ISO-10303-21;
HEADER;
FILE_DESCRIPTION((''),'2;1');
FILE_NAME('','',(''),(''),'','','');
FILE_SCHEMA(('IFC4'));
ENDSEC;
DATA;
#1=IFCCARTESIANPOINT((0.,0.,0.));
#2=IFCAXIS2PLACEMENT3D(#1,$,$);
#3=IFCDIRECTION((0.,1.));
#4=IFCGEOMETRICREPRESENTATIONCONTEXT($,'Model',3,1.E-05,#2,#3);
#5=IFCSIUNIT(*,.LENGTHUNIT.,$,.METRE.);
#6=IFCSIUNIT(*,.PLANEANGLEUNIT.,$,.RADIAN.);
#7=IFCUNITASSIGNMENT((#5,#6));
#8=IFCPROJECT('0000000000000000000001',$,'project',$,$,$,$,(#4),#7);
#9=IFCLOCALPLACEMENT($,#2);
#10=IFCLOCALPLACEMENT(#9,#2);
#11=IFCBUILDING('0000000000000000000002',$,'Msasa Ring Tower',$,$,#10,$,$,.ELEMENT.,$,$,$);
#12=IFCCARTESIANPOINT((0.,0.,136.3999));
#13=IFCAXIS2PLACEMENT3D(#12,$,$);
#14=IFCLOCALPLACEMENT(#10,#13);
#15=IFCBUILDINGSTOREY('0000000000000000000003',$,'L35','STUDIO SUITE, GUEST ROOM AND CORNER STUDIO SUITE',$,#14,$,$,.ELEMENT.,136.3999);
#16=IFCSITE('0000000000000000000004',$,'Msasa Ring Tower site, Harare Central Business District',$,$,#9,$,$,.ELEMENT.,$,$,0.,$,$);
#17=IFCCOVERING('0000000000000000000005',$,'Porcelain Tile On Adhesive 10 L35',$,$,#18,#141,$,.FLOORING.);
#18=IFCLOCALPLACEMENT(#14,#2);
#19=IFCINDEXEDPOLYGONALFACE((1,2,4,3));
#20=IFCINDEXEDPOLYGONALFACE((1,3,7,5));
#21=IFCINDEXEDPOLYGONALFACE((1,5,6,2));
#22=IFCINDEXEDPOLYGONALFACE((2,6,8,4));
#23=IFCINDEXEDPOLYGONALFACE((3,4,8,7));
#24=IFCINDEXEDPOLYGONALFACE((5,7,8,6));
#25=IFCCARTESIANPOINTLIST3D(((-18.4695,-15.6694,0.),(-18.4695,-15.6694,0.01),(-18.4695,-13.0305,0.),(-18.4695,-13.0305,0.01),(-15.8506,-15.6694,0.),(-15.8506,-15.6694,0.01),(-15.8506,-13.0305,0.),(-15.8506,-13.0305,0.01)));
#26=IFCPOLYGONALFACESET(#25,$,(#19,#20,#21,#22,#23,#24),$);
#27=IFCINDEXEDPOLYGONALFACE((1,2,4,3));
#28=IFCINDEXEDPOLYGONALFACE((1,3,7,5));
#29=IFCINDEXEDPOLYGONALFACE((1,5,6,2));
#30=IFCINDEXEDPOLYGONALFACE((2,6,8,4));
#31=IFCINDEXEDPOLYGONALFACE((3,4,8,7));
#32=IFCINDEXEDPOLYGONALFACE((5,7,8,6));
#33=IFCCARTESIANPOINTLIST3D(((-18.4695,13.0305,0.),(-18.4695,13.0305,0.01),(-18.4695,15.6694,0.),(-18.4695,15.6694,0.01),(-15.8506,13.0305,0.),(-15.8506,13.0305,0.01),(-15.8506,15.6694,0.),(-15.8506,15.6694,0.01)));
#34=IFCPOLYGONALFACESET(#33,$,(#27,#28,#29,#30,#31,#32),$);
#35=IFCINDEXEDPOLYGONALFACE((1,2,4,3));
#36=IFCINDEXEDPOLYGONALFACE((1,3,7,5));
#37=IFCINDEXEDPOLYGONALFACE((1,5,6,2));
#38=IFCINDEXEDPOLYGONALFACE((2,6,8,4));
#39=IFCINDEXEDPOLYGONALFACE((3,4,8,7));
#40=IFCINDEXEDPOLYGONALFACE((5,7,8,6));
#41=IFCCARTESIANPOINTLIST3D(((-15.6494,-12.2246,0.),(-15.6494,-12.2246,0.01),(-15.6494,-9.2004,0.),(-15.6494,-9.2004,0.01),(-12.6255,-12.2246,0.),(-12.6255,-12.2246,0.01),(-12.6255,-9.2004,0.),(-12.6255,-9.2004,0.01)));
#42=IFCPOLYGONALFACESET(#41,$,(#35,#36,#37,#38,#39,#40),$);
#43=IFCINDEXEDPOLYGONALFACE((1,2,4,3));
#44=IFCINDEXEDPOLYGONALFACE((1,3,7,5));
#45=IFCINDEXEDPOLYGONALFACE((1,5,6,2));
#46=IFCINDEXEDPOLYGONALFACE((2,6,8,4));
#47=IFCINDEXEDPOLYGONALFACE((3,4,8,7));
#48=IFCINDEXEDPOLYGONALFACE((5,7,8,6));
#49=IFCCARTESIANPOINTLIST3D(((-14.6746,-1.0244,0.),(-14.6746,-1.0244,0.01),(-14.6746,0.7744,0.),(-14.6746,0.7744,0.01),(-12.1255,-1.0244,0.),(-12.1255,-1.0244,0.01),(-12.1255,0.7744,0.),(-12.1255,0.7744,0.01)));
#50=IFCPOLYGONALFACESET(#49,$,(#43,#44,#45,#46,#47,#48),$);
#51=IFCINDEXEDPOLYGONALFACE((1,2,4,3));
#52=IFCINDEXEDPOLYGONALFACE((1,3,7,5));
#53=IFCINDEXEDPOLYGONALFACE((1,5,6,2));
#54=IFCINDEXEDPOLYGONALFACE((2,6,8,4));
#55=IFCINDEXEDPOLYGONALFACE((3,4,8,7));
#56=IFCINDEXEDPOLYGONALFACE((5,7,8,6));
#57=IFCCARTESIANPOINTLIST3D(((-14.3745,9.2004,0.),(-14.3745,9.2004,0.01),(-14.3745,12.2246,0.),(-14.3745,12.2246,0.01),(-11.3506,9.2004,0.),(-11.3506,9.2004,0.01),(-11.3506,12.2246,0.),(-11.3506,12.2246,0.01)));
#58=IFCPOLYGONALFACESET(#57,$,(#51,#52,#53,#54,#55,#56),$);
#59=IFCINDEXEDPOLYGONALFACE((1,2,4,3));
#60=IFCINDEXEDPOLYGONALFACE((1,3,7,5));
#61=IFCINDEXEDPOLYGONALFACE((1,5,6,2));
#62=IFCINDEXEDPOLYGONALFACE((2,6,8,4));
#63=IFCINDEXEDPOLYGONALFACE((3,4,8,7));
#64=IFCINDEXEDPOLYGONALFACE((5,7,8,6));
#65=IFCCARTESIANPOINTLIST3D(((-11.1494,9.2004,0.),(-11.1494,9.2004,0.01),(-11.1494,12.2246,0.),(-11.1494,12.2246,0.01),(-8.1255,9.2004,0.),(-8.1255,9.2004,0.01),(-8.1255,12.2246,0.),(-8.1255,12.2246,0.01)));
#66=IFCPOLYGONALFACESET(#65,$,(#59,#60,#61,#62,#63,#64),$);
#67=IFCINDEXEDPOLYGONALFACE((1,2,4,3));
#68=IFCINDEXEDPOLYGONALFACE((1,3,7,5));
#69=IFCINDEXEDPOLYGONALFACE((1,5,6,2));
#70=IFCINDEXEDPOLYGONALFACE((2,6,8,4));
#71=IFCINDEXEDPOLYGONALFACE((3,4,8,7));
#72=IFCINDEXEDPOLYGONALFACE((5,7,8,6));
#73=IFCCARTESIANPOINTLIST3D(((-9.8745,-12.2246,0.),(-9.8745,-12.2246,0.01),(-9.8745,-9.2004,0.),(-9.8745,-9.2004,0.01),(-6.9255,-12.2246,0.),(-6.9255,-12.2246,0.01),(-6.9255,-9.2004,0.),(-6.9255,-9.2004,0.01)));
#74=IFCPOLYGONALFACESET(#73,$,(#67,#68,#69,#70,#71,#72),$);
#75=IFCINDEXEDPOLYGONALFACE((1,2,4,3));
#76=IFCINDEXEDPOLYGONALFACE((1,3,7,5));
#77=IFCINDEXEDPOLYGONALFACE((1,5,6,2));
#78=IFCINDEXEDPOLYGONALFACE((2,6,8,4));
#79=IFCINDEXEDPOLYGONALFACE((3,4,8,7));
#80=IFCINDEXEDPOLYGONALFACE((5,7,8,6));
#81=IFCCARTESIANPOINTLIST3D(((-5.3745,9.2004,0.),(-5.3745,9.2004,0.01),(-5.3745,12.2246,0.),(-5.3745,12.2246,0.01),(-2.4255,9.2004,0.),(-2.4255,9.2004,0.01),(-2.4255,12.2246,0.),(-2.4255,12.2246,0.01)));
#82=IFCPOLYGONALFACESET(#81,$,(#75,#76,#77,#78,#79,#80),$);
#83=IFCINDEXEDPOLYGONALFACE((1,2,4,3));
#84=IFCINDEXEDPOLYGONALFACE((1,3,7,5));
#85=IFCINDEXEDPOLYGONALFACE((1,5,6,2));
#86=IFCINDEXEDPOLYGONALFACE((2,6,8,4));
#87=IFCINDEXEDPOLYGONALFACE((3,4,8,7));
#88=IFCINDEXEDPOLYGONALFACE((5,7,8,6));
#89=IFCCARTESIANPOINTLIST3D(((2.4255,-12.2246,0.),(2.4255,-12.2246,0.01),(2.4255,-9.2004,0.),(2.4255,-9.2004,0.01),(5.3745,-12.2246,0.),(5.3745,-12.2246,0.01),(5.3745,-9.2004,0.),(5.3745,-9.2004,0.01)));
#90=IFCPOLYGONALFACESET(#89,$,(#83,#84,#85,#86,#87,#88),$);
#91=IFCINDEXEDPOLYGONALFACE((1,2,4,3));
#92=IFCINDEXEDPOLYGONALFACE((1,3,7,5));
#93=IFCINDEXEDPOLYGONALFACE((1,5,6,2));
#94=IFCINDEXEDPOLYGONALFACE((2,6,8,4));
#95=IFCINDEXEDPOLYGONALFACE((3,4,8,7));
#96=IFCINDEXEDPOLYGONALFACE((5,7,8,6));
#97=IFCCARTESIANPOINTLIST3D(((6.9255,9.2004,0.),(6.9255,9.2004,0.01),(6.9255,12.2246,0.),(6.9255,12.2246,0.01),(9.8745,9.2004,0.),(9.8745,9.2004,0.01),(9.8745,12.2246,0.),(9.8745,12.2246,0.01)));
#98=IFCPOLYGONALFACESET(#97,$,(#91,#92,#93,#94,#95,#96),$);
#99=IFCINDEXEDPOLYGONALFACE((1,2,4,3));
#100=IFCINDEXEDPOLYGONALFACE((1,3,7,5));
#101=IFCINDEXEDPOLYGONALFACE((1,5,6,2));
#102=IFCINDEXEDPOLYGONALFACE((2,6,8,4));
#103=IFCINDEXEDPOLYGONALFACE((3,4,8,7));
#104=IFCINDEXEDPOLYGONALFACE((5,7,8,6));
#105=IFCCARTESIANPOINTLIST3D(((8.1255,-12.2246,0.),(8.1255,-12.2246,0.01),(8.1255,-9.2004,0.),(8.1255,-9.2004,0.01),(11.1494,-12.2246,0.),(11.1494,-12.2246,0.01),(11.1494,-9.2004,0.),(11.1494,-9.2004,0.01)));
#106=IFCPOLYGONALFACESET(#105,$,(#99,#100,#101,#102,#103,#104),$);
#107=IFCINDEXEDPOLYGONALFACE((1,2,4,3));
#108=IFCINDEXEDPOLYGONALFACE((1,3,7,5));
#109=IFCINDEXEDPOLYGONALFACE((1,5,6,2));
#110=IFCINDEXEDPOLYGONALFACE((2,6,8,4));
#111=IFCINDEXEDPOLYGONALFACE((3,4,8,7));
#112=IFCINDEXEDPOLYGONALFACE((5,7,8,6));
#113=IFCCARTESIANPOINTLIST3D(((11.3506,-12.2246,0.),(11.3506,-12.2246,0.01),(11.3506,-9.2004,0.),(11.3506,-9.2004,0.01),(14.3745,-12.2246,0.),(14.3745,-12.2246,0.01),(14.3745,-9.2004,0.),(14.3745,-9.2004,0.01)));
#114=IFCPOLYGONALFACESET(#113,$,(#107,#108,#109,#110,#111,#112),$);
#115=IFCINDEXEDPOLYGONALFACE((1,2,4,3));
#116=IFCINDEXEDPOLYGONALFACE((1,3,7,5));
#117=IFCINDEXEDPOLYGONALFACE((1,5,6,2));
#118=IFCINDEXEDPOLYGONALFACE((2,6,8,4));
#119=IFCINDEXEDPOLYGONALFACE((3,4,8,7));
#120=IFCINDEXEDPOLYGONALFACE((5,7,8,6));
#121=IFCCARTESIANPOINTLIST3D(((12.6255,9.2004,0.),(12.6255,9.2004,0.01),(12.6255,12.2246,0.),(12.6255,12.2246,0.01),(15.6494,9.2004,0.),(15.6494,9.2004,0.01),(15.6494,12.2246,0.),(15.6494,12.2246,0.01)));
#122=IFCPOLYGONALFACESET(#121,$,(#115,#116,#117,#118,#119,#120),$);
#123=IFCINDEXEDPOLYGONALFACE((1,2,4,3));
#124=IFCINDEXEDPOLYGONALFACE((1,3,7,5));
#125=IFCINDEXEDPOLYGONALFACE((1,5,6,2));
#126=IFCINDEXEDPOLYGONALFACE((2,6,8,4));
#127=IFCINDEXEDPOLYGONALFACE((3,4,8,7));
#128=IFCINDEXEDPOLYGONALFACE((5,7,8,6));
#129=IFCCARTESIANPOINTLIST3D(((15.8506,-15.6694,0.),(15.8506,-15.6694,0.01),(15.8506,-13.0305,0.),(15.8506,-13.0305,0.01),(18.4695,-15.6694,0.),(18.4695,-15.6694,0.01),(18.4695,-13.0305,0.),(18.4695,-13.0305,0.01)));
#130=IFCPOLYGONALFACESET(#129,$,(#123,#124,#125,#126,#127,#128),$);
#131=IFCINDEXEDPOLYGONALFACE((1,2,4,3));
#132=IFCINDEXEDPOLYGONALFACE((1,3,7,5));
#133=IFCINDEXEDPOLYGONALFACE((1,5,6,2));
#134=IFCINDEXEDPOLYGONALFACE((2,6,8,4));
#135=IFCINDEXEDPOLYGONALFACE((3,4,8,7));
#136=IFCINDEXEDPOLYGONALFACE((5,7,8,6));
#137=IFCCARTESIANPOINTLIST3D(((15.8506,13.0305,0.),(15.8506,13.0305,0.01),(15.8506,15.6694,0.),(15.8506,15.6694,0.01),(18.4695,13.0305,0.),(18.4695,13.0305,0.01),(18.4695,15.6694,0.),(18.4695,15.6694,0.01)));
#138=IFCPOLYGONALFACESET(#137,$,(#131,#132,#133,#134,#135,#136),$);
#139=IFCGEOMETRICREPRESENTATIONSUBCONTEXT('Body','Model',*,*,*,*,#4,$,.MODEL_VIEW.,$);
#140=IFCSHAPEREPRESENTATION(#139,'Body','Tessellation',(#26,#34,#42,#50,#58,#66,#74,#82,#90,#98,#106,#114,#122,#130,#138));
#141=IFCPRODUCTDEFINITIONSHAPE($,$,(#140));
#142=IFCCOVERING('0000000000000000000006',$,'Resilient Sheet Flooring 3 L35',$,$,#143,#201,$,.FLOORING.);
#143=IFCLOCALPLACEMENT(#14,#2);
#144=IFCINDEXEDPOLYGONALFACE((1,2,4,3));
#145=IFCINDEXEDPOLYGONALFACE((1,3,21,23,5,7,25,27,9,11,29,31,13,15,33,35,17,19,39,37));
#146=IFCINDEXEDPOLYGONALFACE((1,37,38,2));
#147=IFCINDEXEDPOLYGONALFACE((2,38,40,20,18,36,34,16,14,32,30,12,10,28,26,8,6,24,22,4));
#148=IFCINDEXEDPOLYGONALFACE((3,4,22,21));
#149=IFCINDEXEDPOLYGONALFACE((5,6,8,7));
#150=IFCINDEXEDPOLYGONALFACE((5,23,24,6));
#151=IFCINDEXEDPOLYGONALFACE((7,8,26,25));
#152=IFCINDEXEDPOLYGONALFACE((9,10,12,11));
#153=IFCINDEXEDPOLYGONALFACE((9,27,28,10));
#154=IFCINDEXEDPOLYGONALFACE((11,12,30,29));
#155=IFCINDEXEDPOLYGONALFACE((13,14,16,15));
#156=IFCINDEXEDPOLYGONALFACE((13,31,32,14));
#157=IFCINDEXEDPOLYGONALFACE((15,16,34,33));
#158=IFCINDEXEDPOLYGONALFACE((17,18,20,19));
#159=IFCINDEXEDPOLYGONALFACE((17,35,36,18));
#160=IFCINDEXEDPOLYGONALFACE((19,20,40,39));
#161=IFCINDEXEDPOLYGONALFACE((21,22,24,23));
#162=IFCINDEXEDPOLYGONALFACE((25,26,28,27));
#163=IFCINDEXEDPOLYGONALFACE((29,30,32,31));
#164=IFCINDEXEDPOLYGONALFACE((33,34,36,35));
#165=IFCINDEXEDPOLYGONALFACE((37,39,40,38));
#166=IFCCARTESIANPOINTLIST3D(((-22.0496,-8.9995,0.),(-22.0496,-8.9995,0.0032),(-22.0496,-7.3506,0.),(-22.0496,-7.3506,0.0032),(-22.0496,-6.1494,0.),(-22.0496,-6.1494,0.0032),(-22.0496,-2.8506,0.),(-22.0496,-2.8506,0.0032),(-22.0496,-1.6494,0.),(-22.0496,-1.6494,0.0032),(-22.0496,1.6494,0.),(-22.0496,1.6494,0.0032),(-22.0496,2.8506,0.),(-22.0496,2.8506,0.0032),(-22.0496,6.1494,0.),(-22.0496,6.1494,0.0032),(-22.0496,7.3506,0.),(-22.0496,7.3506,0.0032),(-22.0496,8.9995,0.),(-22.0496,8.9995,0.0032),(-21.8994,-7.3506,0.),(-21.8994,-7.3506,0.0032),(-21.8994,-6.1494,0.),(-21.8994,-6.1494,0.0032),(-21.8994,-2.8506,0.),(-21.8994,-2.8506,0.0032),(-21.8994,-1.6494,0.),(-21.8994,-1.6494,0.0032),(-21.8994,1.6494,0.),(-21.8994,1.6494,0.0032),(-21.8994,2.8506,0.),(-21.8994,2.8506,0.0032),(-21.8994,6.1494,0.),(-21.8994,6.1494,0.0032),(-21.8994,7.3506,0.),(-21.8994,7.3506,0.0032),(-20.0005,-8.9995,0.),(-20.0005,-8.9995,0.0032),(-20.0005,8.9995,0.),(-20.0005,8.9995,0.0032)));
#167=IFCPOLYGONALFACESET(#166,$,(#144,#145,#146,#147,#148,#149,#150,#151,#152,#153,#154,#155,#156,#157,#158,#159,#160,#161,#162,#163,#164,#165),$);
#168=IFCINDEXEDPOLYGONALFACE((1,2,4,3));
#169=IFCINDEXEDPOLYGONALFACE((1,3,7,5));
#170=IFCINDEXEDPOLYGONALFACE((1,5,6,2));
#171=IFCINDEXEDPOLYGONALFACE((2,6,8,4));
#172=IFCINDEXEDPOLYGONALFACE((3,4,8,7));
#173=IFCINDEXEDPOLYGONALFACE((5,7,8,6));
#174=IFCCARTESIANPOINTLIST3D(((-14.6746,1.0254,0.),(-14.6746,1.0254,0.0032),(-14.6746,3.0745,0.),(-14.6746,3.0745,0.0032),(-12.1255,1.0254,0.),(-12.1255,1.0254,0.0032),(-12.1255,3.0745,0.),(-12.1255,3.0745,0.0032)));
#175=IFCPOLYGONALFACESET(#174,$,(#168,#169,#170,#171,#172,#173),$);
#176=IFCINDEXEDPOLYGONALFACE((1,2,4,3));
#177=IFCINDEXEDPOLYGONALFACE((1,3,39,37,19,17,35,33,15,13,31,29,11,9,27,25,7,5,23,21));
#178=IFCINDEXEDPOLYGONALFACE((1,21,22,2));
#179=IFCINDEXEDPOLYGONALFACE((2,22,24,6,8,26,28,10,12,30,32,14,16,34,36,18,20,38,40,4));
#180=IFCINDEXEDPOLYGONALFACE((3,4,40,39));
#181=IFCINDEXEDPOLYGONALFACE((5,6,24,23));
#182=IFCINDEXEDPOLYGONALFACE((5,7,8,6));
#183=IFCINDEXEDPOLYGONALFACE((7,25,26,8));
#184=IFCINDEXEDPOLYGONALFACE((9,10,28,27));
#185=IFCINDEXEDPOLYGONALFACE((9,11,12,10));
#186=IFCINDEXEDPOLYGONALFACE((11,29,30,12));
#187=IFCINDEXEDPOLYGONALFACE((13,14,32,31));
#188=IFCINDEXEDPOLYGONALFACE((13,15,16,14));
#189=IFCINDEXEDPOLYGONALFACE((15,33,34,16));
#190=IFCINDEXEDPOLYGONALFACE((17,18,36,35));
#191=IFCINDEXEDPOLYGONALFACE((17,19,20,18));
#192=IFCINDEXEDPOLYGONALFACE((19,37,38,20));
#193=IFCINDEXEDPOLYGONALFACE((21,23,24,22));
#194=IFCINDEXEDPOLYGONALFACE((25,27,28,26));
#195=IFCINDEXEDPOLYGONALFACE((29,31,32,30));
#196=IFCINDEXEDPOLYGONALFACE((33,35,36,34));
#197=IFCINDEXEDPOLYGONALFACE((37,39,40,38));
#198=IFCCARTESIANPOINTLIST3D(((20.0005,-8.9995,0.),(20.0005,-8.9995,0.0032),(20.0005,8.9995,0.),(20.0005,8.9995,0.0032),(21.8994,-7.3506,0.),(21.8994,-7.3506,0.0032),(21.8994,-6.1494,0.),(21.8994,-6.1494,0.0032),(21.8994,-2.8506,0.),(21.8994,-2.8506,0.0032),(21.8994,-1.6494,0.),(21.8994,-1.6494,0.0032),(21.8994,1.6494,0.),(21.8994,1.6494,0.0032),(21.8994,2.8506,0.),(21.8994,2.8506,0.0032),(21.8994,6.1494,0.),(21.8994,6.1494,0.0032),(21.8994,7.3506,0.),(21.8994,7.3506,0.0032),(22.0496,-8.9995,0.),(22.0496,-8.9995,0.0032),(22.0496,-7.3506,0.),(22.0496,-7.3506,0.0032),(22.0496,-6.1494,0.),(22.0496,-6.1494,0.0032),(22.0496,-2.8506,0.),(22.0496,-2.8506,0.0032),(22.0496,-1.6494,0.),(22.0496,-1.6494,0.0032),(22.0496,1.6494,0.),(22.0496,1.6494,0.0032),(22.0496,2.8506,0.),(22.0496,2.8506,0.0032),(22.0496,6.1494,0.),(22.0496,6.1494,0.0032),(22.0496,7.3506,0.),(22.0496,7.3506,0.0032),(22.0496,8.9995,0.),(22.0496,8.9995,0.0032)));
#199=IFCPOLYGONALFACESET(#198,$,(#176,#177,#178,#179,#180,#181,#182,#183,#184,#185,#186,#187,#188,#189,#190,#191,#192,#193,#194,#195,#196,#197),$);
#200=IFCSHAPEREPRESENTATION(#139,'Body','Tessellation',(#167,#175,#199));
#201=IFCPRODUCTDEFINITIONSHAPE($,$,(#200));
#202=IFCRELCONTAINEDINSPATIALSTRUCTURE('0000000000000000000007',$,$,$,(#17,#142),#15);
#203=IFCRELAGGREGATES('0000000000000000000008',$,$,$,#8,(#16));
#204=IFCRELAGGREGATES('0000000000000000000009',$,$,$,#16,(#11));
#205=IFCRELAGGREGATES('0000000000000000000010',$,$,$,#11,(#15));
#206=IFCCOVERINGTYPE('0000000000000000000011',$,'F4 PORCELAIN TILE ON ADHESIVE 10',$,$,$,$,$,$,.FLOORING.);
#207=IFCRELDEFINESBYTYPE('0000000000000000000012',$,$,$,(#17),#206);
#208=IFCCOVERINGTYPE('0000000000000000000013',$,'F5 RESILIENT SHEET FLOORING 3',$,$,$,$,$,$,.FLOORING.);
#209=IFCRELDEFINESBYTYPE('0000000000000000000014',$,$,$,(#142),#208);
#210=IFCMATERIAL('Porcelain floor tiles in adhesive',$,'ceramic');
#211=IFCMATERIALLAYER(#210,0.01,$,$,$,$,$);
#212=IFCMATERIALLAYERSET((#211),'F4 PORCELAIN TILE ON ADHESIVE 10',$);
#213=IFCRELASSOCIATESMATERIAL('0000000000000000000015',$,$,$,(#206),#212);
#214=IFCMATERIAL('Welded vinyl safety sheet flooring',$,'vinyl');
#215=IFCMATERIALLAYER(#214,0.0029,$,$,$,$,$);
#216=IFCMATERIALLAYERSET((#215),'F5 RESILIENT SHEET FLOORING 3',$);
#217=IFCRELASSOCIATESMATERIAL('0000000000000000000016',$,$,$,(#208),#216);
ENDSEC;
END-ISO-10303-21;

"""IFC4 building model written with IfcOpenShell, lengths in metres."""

from ifc_helpers import new_model, si_unit, direction, frame, origin, place, context, subcontext, project, spatial, line, indexed_curve, outline, extrude, material, layer, layer_set, type_object, element, save


model = new_model("IFC4")

# Units and contexts
model_context = context("Model", 3, precision=1e-05, world=origin(), true_north=direction((0.0, 1.0)))
body_context = subcontext(model_context, "Body", "Model", "MODEL_VIEW")
ifc_project = project(units=[si_unit("LENGTHUNIT", "METRE"), si_unit("PLANEANGLEUNIT", "RADIAN")], contexts=[model_context])

# Site, building, storey
site_placement = place(None, origin())
site = spatial("IfcSite", under=ifc_project, at=site_placement, Name="Msasa Ring Tower site, Harare Central Business District", CompositionType="ELEMENT", RefElevation=0.0)
building_placement = place(site_placement, origin())
building = spatial("IfcBuilding", under=site, at=building_placement, Name="Msasa Ring Tower", CompositionType="ELEMENT")
storey_placement = place(building_placement, frame((0.0, 0.0, 136.3999)))
storey = spatial("IfcBuildingStorey", under=building, at=storey_placement, Name="L35", Description="STUDIO SUITE, GUEST ROOM AND CORNER STUDIO SUITE", CompositionType="ELEMENT", Elevation=136.3999)

# Coverings
ifc_material_1 = material(Name="Porcelain floor tiles in adhesive", Category="ceramic")
ifc_layer_1 = layer(ifc_material_1, 0.01)
ifc_layer_set_1 = layer_set([ifc_layer_1], Name="F4 PORCELAIN TILE ON ADHESIVE 10")
covering_type_1 = type_object("IfcCoveringType", Name="F4 PORCELAIN TILE ON ADHESIVE 10", PredefinedType="FLOORING", material=ifc_layer_set_1)
covering_1_placement = place(storey_placement, origin())
element("IfcCovering", 1, at=covering_1_placement, inside=storey, type_object=covering_type_1, Name="Porcelain Tile On Adhesive 10 L35", PredefinedType="FLOORING", context=body_context, shape_type="SweptSolid", body=[
    extrude(outline(indexed_curve([(-18.4695, -13.0305), (-15.8506, -13.0305), (-15.8506, -15.6694), (-18.4695, -15.6694)], segments=[line(1, 2, 3, 4, 1)], self_intersect=False)), origin(), (0.0, 0.0, 1.0), 0.01),
    extrude(outline(indexed_curve([(-15.8506, 15.6694), (-15.8506, 13.0305), (-18.4695, 13.0305), (-18.4695, 15.6694)], segments=[line(1, 2, 3, 4, 1)], self_intersect=False)), origin(), (0.0, 0.0, 1.0), 0.01),
    extrude(outline(indexed_curve([(-12.6255, -9.2004), (-12.6255, -12.2246), (-15.6494, -12.2246), (-15.6494, -9.2004)], segments=[line(1, 2, 3, 4, 1)], self_intersect=False)), origin(), (0.0, 0.0, 1.0), 0.01),
    extrude(outline(indexed_curve([(-12.1255, -1.0244), (-14.6746, -1.0244), (-14.6746, 0.7744), (-12.1255, 0.7744)], segments=[line(1, 2, 3, 4, 1)], self_intersect=False)), origin(), (0.0, 0.0, 1.0), 0.01),
    extrude(outline(indexed_curve([(-11.3506, 9.2004), (-14.3745, 9.2004), (-14.3745, 12.2246), (-11.3506, 12.2246)], segments=[line(1, 2, 3, 4, 1)], self_intersect=False)), origin(), (0.0, 0.0, 1.0), 0.01),
    extrude(outline(indexed_curve([(-11.1494, 9.2004), (-11.1494, 12.2246), (-8.1255, 12.2246), (-8.1255, 9.2004)], segments=[line(1, 2, 3, 4, 1)], self_intersect=False)), origin(), (0.0, 0.0, 1.0), 0.01),
    extrude(outline(indexed_curve([(-6.9255, -9.2004), (-6.9255, -12.2246), (-9.8745, -12.2246), (-9.8745, -9.2004)], segments=[line(1, 2, 3, 4, 1)], self_intersect=False)), origin(), (0.0, 0.0, 1.0), 0.01),
    extrude(outline(indexed_curve([(-5.3745, 9.2004), (-5.3745, 12.2246), (-2.4255, 12.2246), (-2.4255, 9.2004)], segments=[line(1, 2, 3, 4, 1)], self_intersect=False)), origin(), (0.0, 0.0, 1.0), 0.01),
    extrude(outline(indexed_curve([(5.3745, -9.2004), (5.3745, -12.2246), (2.4255, -12.2246), (2.4255, -9.2004)], segments=[line(1, 2, 3, 4, 1)], self_intersect=False)), origin(), (0.0, 0.0, 1.0), 0.01),
    extrude(outline(indexed_curve([(6.9255, 9.2004), (6.9255, 12.2246), (9.8745, 12.2246), (9.8745, 9.2004)], segments=[line(1, 2, 3, 4, 1)], self_intersect=False)), origin(), (0.0, 0.0, 1.0), 0.01),
    extrude(outline(indexed_curve([(11.1494, -9.2004), (11.1494, -12.2246), (8.1255, -12.2246), (8.1255, -9.2004)], segments=[line(1, 2, 3, 4, 1)], self_intersect=False)), origin(), (0.0, 0.0, 1.0), 0.01),
    extrude(outline(indexed_curve([(14.3745, -9.2004), (14.3745, -12.2246), (11.3506, -12.2246), (11.3506, -9.2004)], segments=[line(1, 2, 3, 4, 1)], self_intersect=False)), origin(), (0.0, 0.0, 1.0), 0.01),
    extrude(outline(indexed_curve([(15.6494, 9.2004), (12.6255, 9.2004), (12.6255, 12.2246), (15.6494, 12.2246)], segments=[line(1, 2, 3, 4, 1)], self_intersect=False)), origin(), (0.0, 0.0, 1.0), 0.01),
    extrude(outline(indexed_curve([(18.4695, -13.0305), (18.4695, -15.6694), (15.8506, -15.6694), (15.8506, -13.0305)], segments=[line(1, 2, 3, 4, 1)], self_intersect=False)), origin(), (0.0, 0.0, 1.0), 0.01),
    extrude(outline(indexed_curve([(18.4695, 15.6694), (18.4695, 13.0305), (15.8506, 13.0305), (15.8506, 15.6694)], segments=[line(1, 2, 3, 4, 1)], self_intersect=False)), origin(), (0.0, 0.0, 1.0), 0.01),
])
ifc_material_2 = material(Name="Welded vinyl safety sheet flooring", Category="vinyl")
ifc_layer_2 = layer(ifc_material_2, 0.0029)
ifc_layer_set_2 = layer_set([ifc_layer_2], Name="F5 RESILIENT SHEET FLOORING 3")
covering_type_2 = type_object("IfcCoveringType", Name="F5 RESILIENT SHEET FLOORING 3", PredefinedType="FLOORING", material=ifc_layer_set_2)
covering_2_placement = place(storey_placement, origin())
element("IfcCovering", 2, at=covering_2_placement, inside=storey, type_object=covering_type_2, Name="Resilient Sheet Flooring 3 L35", PredefinedType="FLOORING", context=body_context, shape_type="SweptSolid", body=[
    extrude(outline(indexed_curve([(-22.0496, -7.3506), (-21.8994, -7.3506), (-21.8994, -6.1494), (-22.0496, -6.1494), (-22.0496, -2.8506), (-21.8994, -2.8506), (-21.8994, -1.6494), (-22.0496, -1.6494), (-22.0496, 1.6494), (-21.8994, 1.6494), (-21.8994, 2.8506), (-22.0496, 2.8506), (-22.0496, 6.1494), (-21.8994, 6.1494), (-21.8994, 7.3506), (-22.0496, 7.3506), (-22.0496, 8.9995), (-20.0005, 8.9995), (-20.0005, -8.9995), (-22.0496, -8.9995)], segments=[line(1, 2, 3, 4, 5, 6, 7, 8, 9, 10, 11, 12, 13, 14, 15, 16, 17, 18, 19, 20, 1)], self_intersect=False)), origin(), (0.0, 0.0, 1.0), 0.0032),
    extrude(outline(indexed_curve([(-14.6746, 3.0745), (-12.1255, 3.0745), (-12.1255, 1.0254), (-14.6746, 1.0254)], segments=[line(1, 2, 3, 4, 1)], self_intersect=False)), origin(), (0.0, 0.0, 1.0), 0.0032),
    extrude(outline(indexed_curve([(22.0496, 7.3506), (21.8994, 7.3506), (21.8994, 6.1494), (22.0496, 6.1494), (22.0496, 2.8506), (21.8994, 2.8506), (21.8994, 1.6494), (22.0496, 1.6494), (22.0496, -1.6494), (21.8994, -1.6494), (21.8994, -2.8506), (22.0496, -2.8506), (22.0496, -6.1494), (21.8994, -6.1494), (21.8994, -7.3506), (22.0496, -7.3506), (22.0496, -8.9995), (20.0005, -8.9995), (20.0005, 8.9995), (22.0496, 8.9995)], segments=[line(1, 2, 3, 4, 5, 6, 7, 8, 9, 10, 11, 12, 13, 14, 15, 16, 17, 18, 19, 20, 1)], self_intersect=False)), origin(), (0.0, 0.0, 1.0), 0.0032),
])

save(model, "model.ifc")
